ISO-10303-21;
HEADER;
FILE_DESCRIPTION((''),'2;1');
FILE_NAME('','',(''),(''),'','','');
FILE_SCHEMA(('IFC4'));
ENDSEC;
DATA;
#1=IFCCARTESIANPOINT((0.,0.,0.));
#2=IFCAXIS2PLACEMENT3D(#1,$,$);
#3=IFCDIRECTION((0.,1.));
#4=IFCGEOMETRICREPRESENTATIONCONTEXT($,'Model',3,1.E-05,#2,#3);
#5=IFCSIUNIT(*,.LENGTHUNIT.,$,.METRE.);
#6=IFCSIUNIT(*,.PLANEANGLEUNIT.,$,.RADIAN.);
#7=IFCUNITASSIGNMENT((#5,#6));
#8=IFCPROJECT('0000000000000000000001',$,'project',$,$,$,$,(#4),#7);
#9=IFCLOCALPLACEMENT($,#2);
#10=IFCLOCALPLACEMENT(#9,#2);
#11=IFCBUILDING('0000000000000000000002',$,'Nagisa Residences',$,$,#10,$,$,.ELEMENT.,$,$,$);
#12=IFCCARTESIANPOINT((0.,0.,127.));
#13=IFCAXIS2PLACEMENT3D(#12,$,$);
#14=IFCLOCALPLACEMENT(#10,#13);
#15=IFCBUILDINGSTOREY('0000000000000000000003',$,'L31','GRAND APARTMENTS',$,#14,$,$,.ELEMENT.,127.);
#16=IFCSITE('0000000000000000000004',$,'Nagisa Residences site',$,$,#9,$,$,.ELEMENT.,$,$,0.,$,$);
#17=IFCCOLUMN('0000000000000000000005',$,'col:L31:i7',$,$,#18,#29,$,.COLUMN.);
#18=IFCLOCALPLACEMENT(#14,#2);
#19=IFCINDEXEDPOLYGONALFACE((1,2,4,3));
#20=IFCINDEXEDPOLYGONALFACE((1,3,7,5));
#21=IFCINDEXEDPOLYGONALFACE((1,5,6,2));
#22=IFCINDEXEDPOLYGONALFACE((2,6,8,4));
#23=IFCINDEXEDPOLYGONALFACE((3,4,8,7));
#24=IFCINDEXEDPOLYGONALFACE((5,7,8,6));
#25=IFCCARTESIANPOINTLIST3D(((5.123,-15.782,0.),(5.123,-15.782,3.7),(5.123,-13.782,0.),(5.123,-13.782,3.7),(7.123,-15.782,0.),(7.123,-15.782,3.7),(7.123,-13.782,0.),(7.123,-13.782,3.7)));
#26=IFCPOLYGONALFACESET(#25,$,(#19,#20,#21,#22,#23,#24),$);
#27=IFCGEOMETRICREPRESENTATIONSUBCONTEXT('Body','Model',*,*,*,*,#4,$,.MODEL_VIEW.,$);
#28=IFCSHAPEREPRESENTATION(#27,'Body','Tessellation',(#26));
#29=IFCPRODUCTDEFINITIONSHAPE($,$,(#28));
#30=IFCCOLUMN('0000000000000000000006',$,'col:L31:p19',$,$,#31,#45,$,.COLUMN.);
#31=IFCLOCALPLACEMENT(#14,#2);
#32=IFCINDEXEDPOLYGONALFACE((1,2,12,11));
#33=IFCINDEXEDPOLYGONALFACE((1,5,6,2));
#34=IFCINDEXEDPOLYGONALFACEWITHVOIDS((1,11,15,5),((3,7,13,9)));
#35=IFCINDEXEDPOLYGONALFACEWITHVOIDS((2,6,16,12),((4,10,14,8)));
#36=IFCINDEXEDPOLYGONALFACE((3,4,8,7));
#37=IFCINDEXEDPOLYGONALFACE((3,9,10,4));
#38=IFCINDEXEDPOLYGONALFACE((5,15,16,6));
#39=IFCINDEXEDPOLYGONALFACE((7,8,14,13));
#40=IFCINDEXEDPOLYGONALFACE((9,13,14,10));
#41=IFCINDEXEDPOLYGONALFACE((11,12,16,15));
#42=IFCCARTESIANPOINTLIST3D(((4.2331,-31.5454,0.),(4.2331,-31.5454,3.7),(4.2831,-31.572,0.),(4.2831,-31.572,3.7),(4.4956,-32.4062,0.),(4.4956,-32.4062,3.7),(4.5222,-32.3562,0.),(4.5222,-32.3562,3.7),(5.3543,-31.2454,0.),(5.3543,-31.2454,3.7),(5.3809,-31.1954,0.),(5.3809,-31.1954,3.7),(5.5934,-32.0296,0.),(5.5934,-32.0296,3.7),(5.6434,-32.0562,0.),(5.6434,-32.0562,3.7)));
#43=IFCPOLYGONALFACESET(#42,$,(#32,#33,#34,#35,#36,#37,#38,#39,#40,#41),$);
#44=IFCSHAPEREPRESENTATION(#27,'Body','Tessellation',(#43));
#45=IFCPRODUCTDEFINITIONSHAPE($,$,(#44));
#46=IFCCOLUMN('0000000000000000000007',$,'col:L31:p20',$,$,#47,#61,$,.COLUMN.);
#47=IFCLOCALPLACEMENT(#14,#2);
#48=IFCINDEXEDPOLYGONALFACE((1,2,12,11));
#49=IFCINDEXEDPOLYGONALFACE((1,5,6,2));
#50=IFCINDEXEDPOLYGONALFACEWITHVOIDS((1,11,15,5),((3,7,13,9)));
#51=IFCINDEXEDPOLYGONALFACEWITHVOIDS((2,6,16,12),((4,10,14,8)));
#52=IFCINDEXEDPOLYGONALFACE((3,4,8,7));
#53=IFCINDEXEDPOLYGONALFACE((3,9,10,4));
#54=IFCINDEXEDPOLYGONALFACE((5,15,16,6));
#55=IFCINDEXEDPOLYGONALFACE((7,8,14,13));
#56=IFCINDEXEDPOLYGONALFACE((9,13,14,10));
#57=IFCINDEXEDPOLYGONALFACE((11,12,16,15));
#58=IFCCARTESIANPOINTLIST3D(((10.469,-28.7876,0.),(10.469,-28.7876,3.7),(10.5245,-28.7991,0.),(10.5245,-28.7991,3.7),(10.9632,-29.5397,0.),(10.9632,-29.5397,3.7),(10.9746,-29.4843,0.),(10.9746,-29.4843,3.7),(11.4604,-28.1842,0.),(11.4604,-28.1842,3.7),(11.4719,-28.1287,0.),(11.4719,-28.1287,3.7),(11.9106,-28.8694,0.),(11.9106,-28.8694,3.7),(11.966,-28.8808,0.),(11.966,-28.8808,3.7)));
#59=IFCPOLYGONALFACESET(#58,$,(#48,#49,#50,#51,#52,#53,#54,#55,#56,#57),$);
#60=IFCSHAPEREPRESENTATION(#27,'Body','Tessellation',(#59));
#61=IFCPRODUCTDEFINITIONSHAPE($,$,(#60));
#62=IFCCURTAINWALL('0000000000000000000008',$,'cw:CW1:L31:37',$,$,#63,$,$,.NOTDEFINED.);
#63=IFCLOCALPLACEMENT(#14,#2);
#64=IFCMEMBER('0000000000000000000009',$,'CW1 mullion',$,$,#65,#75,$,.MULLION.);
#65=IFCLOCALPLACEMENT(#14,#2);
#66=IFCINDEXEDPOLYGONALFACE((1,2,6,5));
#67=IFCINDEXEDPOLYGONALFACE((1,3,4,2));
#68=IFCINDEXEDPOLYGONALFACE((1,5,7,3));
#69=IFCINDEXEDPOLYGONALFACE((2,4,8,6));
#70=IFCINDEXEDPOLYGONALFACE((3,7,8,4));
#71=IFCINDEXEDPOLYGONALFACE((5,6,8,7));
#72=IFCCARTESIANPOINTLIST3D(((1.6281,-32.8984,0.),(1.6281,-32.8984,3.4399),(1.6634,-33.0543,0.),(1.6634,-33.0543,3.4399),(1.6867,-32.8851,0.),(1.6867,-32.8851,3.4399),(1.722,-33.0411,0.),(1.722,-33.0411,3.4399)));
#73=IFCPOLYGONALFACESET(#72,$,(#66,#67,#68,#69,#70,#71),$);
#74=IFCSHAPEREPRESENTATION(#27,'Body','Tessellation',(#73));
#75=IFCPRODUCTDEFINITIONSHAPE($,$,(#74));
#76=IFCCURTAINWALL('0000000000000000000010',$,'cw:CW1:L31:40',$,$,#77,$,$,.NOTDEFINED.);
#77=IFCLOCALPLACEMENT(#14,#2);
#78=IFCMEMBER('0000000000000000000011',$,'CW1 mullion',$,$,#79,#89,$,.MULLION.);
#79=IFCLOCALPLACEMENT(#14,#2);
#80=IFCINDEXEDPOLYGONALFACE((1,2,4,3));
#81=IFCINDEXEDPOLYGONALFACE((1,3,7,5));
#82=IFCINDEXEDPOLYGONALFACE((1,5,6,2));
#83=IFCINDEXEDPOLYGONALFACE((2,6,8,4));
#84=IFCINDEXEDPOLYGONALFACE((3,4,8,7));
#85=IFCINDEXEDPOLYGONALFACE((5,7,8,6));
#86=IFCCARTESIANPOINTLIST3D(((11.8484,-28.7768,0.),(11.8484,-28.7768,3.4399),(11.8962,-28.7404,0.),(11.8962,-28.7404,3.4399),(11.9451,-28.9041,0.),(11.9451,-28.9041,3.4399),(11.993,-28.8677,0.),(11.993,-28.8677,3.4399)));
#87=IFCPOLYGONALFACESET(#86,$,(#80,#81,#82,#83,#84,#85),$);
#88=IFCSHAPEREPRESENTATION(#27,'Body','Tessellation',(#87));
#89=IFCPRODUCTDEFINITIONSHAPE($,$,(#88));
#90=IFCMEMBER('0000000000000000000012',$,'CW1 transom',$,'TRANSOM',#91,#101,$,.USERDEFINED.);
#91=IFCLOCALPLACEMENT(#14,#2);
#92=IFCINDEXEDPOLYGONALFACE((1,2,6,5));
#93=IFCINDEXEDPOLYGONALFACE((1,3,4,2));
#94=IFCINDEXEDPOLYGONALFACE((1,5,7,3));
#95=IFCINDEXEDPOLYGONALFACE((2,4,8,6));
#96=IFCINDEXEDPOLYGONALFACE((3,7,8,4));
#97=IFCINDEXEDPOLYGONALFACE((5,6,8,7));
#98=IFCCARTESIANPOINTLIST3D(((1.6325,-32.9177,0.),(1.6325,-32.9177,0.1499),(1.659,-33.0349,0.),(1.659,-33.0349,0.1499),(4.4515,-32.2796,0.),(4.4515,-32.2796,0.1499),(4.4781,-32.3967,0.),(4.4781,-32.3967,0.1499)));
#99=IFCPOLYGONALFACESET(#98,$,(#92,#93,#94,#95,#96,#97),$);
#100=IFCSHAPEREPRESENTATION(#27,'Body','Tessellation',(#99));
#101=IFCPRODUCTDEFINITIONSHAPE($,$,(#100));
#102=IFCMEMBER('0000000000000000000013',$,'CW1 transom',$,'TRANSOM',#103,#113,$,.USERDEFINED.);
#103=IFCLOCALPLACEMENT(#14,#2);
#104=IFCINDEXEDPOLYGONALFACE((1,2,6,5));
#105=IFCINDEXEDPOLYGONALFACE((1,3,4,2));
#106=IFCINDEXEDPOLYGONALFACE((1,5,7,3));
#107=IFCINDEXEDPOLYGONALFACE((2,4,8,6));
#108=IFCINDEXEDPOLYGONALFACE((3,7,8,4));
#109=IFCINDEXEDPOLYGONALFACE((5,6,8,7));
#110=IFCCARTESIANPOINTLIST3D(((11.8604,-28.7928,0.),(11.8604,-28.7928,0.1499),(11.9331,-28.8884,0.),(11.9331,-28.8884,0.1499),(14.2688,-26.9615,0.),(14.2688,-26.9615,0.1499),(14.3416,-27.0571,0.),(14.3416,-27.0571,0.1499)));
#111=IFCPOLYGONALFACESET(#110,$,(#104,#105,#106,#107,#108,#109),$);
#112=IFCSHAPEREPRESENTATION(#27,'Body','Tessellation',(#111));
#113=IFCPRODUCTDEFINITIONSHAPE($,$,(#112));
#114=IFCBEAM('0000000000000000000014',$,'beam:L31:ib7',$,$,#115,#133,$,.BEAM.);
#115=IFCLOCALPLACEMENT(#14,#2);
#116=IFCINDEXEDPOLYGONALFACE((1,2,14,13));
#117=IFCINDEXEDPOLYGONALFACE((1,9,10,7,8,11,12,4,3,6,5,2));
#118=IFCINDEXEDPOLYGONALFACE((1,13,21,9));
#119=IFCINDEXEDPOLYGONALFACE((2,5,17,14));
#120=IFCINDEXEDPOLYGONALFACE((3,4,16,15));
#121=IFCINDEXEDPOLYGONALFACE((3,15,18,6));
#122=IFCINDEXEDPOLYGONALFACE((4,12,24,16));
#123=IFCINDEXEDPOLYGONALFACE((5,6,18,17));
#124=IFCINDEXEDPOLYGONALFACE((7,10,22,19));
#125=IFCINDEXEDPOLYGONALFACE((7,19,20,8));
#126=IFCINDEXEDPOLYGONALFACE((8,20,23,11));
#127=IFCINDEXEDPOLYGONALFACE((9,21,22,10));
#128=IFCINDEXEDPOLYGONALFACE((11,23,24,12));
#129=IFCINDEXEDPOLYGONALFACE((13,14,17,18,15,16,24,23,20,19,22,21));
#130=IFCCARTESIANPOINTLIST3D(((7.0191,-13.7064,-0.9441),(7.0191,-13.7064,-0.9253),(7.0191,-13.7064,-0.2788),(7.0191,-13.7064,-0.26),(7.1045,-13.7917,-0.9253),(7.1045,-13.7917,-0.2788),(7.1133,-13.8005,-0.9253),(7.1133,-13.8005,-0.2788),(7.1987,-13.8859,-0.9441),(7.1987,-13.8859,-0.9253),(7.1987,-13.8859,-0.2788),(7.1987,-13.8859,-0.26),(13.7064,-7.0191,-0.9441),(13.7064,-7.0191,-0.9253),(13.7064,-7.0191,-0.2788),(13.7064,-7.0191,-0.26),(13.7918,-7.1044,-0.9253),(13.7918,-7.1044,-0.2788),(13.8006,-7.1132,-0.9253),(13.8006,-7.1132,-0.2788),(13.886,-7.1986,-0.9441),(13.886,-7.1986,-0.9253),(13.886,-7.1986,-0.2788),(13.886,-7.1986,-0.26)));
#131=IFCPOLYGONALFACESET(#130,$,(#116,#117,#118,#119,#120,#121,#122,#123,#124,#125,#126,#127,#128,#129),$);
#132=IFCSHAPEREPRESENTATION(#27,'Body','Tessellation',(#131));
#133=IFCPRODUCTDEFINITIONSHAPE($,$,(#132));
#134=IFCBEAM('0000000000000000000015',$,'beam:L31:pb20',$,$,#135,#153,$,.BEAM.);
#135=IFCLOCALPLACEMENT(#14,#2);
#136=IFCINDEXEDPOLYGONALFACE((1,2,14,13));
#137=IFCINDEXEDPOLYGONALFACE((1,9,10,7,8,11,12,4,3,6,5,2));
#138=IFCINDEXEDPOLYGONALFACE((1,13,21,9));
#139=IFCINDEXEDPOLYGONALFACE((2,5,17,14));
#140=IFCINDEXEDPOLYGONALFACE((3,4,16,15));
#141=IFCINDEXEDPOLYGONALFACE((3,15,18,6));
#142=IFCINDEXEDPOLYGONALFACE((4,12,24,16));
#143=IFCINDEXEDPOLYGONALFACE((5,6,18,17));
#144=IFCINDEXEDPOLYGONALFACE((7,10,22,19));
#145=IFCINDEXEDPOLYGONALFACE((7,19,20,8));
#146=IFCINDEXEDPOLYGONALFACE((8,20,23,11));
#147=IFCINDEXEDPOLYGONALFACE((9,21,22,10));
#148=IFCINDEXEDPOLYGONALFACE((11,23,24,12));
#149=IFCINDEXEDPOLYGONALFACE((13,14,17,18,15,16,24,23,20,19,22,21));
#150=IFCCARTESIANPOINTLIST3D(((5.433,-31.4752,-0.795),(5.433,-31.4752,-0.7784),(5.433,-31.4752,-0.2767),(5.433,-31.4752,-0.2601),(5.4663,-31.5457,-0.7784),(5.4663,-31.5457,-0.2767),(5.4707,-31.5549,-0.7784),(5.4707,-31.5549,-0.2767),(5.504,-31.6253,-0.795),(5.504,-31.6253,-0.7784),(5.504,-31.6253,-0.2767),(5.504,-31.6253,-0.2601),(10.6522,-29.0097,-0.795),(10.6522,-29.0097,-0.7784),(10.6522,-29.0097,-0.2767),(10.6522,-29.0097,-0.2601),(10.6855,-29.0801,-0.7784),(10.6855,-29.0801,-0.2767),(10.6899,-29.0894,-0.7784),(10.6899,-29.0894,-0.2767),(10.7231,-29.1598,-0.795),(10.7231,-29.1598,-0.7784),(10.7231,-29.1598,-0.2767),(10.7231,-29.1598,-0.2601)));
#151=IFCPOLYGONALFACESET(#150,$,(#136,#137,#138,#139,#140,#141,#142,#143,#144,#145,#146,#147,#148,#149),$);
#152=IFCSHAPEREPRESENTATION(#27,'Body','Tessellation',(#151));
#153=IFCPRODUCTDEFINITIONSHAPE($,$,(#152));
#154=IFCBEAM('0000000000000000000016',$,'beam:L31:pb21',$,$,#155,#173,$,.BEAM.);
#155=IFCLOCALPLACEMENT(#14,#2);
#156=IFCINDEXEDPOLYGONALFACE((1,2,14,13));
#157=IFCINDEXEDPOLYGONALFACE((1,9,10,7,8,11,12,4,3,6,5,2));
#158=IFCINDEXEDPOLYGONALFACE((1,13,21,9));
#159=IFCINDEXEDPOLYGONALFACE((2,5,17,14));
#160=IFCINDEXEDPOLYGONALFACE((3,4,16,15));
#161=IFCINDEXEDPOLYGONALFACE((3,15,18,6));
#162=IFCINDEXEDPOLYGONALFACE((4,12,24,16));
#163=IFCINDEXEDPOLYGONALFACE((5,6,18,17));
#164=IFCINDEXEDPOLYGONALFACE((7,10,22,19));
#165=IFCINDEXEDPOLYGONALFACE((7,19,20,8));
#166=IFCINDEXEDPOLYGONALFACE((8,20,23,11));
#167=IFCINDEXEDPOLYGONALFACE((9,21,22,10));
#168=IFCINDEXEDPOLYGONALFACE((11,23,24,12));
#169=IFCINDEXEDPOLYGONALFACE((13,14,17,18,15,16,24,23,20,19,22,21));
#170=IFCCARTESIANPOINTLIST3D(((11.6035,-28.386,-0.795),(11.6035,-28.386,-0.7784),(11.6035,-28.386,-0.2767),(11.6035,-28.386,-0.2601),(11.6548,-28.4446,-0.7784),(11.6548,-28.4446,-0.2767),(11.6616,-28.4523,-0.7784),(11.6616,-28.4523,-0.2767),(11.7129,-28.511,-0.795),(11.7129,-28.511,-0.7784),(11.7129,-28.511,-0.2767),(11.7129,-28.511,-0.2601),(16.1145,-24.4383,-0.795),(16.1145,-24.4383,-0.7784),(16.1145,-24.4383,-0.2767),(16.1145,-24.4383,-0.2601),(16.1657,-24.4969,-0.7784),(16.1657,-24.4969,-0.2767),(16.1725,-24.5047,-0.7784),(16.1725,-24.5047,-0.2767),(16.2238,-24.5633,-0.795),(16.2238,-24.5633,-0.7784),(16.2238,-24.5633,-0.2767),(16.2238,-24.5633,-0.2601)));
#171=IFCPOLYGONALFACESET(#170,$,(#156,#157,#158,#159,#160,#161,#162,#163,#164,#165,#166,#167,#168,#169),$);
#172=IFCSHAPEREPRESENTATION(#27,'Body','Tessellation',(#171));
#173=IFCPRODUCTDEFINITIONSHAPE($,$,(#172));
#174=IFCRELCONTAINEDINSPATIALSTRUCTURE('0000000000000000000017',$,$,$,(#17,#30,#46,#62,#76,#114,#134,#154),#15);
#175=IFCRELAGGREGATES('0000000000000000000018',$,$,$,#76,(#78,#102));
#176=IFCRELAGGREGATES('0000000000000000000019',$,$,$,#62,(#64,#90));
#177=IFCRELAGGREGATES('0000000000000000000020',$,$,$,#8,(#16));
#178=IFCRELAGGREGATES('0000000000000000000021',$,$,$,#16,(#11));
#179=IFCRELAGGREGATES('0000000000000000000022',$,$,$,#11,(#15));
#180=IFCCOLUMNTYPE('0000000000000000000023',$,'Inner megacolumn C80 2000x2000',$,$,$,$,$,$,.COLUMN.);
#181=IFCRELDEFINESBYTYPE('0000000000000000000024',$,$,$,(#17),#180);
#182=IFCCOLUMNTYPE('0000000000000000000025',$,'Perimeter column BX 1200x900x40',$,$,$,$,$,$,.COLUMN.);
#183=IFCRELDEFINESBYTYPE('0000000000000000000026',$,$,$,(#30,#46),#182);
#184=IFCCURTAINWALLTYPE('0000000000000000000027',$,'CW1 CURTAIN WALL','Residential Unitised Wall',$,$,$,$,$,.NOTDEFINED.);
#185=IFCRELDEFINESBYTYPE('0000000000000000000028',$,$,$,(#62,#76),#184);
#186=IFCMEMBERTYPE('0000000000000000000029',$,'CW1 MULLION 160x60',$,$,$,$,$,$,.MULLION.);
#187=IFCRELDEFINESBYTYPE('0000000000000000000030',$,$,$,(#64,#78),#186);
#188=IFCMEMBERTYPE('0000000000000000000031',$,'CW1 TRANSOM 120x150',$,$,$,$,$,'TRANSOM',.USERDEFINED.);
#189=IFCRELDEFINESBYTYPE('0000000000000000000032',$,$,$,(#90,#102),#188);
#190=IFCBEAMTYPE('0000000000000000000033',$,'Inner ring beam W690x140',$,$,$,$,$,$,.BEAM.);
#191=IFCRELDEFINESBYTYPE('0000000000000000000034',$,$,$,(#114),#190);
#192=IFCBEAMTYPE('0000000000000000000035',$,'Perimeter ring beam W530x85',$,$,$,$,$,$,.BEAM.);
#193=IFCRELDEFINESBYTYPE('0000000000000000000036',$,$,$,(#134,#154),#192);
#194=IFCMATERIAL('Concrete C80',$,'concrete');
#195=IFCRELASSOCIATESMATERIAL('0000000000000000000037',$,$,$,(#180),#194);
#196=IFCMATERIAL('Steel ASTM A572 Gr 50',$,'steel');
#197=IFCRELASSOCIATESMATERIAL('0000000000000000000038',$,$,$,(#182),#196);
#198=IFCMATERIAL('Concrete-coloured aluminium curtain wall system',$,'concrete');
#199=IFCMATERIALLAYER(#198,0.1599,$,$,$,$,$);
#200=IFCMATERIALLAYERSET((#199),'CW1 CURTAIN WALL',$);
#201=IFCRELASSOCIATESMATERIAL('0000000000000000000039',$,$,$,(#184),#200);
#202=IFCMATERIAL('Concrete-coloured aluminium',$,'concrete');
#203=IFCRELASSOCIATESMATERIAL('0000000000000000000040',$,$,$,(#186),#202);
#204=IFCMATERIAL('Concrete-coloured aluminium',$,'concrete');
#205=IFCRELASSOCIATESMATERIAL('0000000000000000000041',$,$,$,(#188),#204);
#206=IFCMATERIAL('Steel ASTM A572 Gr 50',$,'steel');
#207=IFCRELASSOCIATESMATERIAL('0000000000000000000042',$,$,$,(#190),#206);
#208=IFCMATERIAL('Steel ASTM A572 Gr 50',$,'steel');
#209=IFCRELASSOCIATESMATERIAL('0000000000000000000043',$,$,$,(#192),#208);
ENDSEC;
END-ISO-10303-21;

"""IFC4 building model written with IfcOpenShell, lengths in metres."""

from ifc_helpers import new_model, si_unit, direction, frame, origin, origin_2d, place, context, subcontext, project, spatial, rectangle, hollow_rectangle, i_section, extrude, material, layer, layer_set, material_profile, profile_set, type_object, element, aggregate, save


model = new_model("IFC4")

# Units and contexts
model_context = context("Model", 3, precision=1e-05, world=origin(), true_north=direction((0.0, 1.0)))
body_context = subcontext(model_context, "Body", "Model", "MODEL_VIEW")
ifc_project = project(units=[si_unit("LENGTHUNIT", "METRE"), si_unit("PLANEANGLEUNIT", "RADIAN")], contexts=[model_context])

# Site, building, storey
site_placement = place(None, origin())
site = spatial("IfcSite", under=ifc_project, at=site_placement, Name="Nagisa Residences site", CompositionType="ELEMENT", RefElevation=0.0)
building_placement = place(site_placement, origin())
building = spatial("IfcBuilding", under=site, at=building_placement, Name="Nagisa Residences", CompositionType="ELEMENT")
storey_placement = place(building_placement, frame((0.0, 0.0, 127.0)))
storey = spatial("IfcBuildingStorey", under=building, at=storey_placement, Name="L31", Description="GRAND APARTMENTS", CompositionType="ELEMENT", Elevation=127.0)

# Columns
ifc_material_1 = material(Name="Concrete C80", Category="concrete")
ifc_material_profile_1 = material_profile(ifc_material_1, rectangle(XDim=2.0, YDim=2.0, at=origin_2d()), Name="C80 2000x2000")
ifc_profile_set_1 = profile_set([ifc_material_profile_1], Name="Concrete C80")
column_type_1 = type_object("IfcColumnType", Name="Inner megacolumn C80 2000x2000", PredefinedType="COLUMN", material=ifc_profile_set_1)
column_placement = place(storey_placement, frame((6.123, -14.782, 0.0), z_axis=(0.0, 0.0, 1.0), x_axis=(1.0, 0.0, 0.0)))
element("IfcColumn", 1, at=column_placement, inside=storey, type_object=column_type_1, Name="col:L31:i7", PredefinedType="COLUMN", context=body_context, shape_type="SweptSolid", body=[
    extrude(rectangle(XDim=2.0, YDim=2.0, at=origin_2d()), origin(), (0.0, 0.0, 1.0), 3.7),
])
ifc_material_2 = material(Name="Steel ASTM A572 Gr 50", Category="steel")
ifc_material_profile_2 = material_profile(ifc_material_2, hollow_rectangle(XDim=1.2, YDim=0.8999, WallThickness=0.04, at=origin_2d()), Name="BX 1200x900x40")
ifc_profile_set_2 = profile_set([ifc_material_profile_2], Name="Steel ASTM A572 Gr 50")
column_type_2 = type_object("IfcColumnType", Name="Perimeter column BX 1200x900x40", PredefinedType="COLUMN", material=ifc_profile_set_2)
for number, where, z_axis, x_axis, name in (
    (2, (4.9382, -31.8008, 0.0), (0.0, 0.0, 1.0), (0.956525, 0.291652, 0.0), "col:L31:p19"),
    (3, (11.2175, -28.8342, 0.0), (0.0, 0.0, 1.0), (0.835766, 0.549086, 0.0), "col:L31:p20"),
):
    element("IfcColumn", number, at=place(storey_placement, frame(where, z_axis=z_axis, x_axis=x_axis)), inside=storey, type_object=column_type_2, Name=name, PredefinedType="COLUMN", context=body_context, shape_type="SweptSolid", body=[
        extrude(hollow_rectangle(XDim=1.2, YDim=0.8999, WallThickness=0.04, at=origin_2d()), origin(), (0.0, 0.0, 1.0), 3.7),
    ])

# Curtain walls, members
ifc_material_3 = material(Name="Concrete-coloured aluminium curtain wall system", Category="concrete")
ifc_layer_1 = layer(ifc_material_3, 0.1599)
ifc_layer_set_1 = layer_set([ifc_layer_1], Name="CW1 CURTAIN WALL")
curtain_wall_type = type_object("IfcCurtainWallType", Name="CW1 CURTAIN WALL", Description="Residential Unitised Wall", PredefinedType="NOTDEFINED", material=ifc_layer_set_1)
curtain_wall_1_placement = place(storey_placement, origin())
curtain_wall_1 = element("IfcCurtainWall", 4, at=curtain_wall_1_placement, inside=storey, type_object=curtain_wall_type, Name="cw:CW1:L31:37", PredefinedType="NOTDEFINED")
ifc_material_4 = material(Name="Concrete-coloured aluminium", Category="concrete")
ifc_material_profile_3 = material_profile(ifc_material_4, rectangle(XDim=0.1599, YDim=0.0601, at=origin_2d()), Name="CW1 MULLION 160x60")
ifc_profile_set_3 = profile_set([ifc_material_profile_3], Name="Concrete-coloured aluminium")
member_type_1 = type_object("IfcMemberType", Name="CW1 MULLION 160x60", PredefinedType="MULLION", material=ifc_profile_set_3)
member_1_placement = place(storey_placement, frame((1.675, -32.9697, 0.0), z_axis=(0.0, 0.0, 1.0), x_axis=(-0.220764, 0.975327, 0.0)))
member_1 = element("IfcMember", 5, at=member_1_placement, type_object=member_type_1, Name="CW1 mullion", PredefinedType="MULLION", context=body_context, shape_type="SweptSolid", body=[
    extrude(rectangle(XDim=0.1599, YDim=0.0601, at=origin_2d()), origin(), (0.0, 0.0, 1.0), 3.4399),
])
curtain_wall_2_placement = place(storey_placement, origin())
curtain_wall_2 = element("IfcCurtainWall", 6, at=curtain_wall_2_placement, inside=storey, type_object=curtain_wall_type, Name="cw:CW1:L31:40", PredefinedType="NOTDEFINED")
member_2_placement = place(storey_placement, frame((11.9207, -28.8223, 0.0), z_axis=(0.0, 0.0, 1.0), x_axis=(-0.605255, 0.796031, 0.0)))
member_2 = element("IfcMember", 7, at=member_2_placement, type_object=member_type_1, Name="CW1 mullion", PredefinedType="MULLION", context=body_context, shape_type="SweptSolid", body=[
    extrude(rectangle(XDim=0.1599, YDim=0.0601, at=origin_2d()), origin(), (0.0, 0.0, 1.0), 3.4399),
])

# Members
ifc_material_5 = material(Name="Concrete-coloured aluminium", Category="concrete")
ifc_material_profile_4 = material_profile(ifc_material_5, rectangle(XDim=0.1201, YDim=0.1499, at=origin_2d()), Name="CW1 TRANSOM 120x150")
ifc_profile_set_4 = profile_set([ifc_material_profile_4], Name="Concrete-coloured aluminium")
member_type_2 = type_object("IfcMemberType", Name="CW1 TRANSOM 120x150", ElementType="TRANSOM", PredefinedType="USERDEFINED", material=ifc_profile_set_4)
member_3_placement = place(storey_placement, frame((1.6458, -32.9763, 0.075), z_axis=(0.975321, 0.220792, 0.0), x_axis=(-0.220792, 0.975321, 0.0)))
member_3 = element("IfcMember", 8, at=member_3_placement, type_object=member_type_2, Name="CW1 transom", ObjectType="TRANSOM", PredefinedType="USERDEFINED", context=body_context, shape_type="SweptSolid", body=[
    extrude(rectangle(XDim=0.1201, YDim=0.1499, at=origin_2d()), origin(), (0.0, 0.0, 1.0), 2.8904),
])
member_4_placement = place(storey_placement, frame((11.8967, -28.8406, 0.075), z_axis=(0.796022, 0.605267, 0.0), x_axis=(-0.605267, 0.796022, 0.0)))
member_4 = element("IfcMember", 9, at=member_4_placement, type_object=member_type_2, Name="CW1 transom", ObjectType="TRANSOM", PredefinedType="USERDEFINED", context=body_context, shape_type="SweptSolid", body=[
    extrude(rectangle(XDim=0.1201, YDim=0.1499, at=origin_2d()), origin(), (0.0, 0.0, 1.0), 3.0256),
])
aggregate(curtain_wall_2, [member_2, member_4])

# Beams
ifc_material_6 = material(Name="Steel ASTM A572 Gr 50", Category="steel")
ifc_material_profile_5 = material_profile(ifc_material_6, i_section(OverallWidth=0.2539, OverallDepth=0.6841, WebThickness=0.0125, FlangeThickness=0.0188, at=origin_2d()), Name="W690x140")
ifc_profile_set_5 = profile_set([ifc_material_profile_5], Name="Steel ASTM A572 Gr 50")
beam_type_1 = type_object("IfcBeamType", Name="Inner ring beam W690x140", PredefinedType="BEAM", material=ifc_profile_set_5)
beam_1_placement = place(storey_placement, frame((7.1089, -13.7961, -0.6021), z_axis=(0.707107, 0.707107, 0.0), x_axis=(-0.707107, 0.707107, 0.0)))
element("IfcBeam", 10, at=beam_1_placement, inside=storey, type_object=beam_type_1, Name="beam:L31:ib7", PredefinedType="BEAM", context=body_context, shape_type="SweptSolid", body=[
    extrude(i_section(OverallWidth=0.2539, OverallDepth=0.6841, WebThickness=0.0125, FlangeThickness=0.0188, at=origin_2d()), origin(), (0.0, 0.0, 1.0), 9.4573),
])
ifc_material_7 = material(Name="Steel ASTM A572 Gr 50", Category="steel")
ifc_material_profile_6 = material_profile(ifc_material_7, i_section(OverallWidth=0.166, OverallDepth=0.5349, WebThickness=0.0103, FlangeThickness=0.0166, at=origin_2d()), Name="W530x85")
ifc_profile_set_6 = profile_set([ifc_material_profile_6], Name="Steel ASTM A572 Gr 50")
beam_type_2 = type_object("IfcBeamType", Name="Perimeter ring beam W530x85", PredefinedType="BEAM", material=ifc_profile_set_6)
beam_2_placement = place(storey_placement, frame((5.4685, -31.5503, -0.5276), z_axis=(0.904186, 0.427139, 0.0), x_axis=(-0.427139, 0.904186, 0.0)))
element("IfcBeam", 11, at=beam_2_placement, inside=storey, type_object=beam_type_2, Name="beam:L31:pb20", PredefinedType="BEAM", context=body_context, shape_type="SweptSolid", body=[
    extrude(i_section(OverallWidth=0.166, OverallDepth=0.5349, WebThickness=0.0103, FlangeThickness=0.0166, at=origin_2d()), origin(), (0.0, 0.0, 1.0), 5.7722),
])
beam_3_placement = place(storey_placement, frame((11.6582, -28.4485, -0.5276), z_axis=(0.752524, 0.658565, 0.0), x_axis=(-0.658565, 0.752524, 0.0)))
element("IfcBeam", 12, at=beam_3_placement, inside=storey, type_object=beam_type_2, Name="beam:L31:pb21", PredefinedType="BEAM", context=body_context, shape_type="SweptSolid", body=[
    extrude(i_section(OverallWidth=0.166, OverallDepth=0.5349, WebThickness=0.0103, FlangeThickness=0.0166, at=origin_2d()), origin(), (0.0, 0.0, 1.0), 5.9944),
])

aggregate(curtain_wall_1, [member_1, member_3])

save(model, "model.ifc")
